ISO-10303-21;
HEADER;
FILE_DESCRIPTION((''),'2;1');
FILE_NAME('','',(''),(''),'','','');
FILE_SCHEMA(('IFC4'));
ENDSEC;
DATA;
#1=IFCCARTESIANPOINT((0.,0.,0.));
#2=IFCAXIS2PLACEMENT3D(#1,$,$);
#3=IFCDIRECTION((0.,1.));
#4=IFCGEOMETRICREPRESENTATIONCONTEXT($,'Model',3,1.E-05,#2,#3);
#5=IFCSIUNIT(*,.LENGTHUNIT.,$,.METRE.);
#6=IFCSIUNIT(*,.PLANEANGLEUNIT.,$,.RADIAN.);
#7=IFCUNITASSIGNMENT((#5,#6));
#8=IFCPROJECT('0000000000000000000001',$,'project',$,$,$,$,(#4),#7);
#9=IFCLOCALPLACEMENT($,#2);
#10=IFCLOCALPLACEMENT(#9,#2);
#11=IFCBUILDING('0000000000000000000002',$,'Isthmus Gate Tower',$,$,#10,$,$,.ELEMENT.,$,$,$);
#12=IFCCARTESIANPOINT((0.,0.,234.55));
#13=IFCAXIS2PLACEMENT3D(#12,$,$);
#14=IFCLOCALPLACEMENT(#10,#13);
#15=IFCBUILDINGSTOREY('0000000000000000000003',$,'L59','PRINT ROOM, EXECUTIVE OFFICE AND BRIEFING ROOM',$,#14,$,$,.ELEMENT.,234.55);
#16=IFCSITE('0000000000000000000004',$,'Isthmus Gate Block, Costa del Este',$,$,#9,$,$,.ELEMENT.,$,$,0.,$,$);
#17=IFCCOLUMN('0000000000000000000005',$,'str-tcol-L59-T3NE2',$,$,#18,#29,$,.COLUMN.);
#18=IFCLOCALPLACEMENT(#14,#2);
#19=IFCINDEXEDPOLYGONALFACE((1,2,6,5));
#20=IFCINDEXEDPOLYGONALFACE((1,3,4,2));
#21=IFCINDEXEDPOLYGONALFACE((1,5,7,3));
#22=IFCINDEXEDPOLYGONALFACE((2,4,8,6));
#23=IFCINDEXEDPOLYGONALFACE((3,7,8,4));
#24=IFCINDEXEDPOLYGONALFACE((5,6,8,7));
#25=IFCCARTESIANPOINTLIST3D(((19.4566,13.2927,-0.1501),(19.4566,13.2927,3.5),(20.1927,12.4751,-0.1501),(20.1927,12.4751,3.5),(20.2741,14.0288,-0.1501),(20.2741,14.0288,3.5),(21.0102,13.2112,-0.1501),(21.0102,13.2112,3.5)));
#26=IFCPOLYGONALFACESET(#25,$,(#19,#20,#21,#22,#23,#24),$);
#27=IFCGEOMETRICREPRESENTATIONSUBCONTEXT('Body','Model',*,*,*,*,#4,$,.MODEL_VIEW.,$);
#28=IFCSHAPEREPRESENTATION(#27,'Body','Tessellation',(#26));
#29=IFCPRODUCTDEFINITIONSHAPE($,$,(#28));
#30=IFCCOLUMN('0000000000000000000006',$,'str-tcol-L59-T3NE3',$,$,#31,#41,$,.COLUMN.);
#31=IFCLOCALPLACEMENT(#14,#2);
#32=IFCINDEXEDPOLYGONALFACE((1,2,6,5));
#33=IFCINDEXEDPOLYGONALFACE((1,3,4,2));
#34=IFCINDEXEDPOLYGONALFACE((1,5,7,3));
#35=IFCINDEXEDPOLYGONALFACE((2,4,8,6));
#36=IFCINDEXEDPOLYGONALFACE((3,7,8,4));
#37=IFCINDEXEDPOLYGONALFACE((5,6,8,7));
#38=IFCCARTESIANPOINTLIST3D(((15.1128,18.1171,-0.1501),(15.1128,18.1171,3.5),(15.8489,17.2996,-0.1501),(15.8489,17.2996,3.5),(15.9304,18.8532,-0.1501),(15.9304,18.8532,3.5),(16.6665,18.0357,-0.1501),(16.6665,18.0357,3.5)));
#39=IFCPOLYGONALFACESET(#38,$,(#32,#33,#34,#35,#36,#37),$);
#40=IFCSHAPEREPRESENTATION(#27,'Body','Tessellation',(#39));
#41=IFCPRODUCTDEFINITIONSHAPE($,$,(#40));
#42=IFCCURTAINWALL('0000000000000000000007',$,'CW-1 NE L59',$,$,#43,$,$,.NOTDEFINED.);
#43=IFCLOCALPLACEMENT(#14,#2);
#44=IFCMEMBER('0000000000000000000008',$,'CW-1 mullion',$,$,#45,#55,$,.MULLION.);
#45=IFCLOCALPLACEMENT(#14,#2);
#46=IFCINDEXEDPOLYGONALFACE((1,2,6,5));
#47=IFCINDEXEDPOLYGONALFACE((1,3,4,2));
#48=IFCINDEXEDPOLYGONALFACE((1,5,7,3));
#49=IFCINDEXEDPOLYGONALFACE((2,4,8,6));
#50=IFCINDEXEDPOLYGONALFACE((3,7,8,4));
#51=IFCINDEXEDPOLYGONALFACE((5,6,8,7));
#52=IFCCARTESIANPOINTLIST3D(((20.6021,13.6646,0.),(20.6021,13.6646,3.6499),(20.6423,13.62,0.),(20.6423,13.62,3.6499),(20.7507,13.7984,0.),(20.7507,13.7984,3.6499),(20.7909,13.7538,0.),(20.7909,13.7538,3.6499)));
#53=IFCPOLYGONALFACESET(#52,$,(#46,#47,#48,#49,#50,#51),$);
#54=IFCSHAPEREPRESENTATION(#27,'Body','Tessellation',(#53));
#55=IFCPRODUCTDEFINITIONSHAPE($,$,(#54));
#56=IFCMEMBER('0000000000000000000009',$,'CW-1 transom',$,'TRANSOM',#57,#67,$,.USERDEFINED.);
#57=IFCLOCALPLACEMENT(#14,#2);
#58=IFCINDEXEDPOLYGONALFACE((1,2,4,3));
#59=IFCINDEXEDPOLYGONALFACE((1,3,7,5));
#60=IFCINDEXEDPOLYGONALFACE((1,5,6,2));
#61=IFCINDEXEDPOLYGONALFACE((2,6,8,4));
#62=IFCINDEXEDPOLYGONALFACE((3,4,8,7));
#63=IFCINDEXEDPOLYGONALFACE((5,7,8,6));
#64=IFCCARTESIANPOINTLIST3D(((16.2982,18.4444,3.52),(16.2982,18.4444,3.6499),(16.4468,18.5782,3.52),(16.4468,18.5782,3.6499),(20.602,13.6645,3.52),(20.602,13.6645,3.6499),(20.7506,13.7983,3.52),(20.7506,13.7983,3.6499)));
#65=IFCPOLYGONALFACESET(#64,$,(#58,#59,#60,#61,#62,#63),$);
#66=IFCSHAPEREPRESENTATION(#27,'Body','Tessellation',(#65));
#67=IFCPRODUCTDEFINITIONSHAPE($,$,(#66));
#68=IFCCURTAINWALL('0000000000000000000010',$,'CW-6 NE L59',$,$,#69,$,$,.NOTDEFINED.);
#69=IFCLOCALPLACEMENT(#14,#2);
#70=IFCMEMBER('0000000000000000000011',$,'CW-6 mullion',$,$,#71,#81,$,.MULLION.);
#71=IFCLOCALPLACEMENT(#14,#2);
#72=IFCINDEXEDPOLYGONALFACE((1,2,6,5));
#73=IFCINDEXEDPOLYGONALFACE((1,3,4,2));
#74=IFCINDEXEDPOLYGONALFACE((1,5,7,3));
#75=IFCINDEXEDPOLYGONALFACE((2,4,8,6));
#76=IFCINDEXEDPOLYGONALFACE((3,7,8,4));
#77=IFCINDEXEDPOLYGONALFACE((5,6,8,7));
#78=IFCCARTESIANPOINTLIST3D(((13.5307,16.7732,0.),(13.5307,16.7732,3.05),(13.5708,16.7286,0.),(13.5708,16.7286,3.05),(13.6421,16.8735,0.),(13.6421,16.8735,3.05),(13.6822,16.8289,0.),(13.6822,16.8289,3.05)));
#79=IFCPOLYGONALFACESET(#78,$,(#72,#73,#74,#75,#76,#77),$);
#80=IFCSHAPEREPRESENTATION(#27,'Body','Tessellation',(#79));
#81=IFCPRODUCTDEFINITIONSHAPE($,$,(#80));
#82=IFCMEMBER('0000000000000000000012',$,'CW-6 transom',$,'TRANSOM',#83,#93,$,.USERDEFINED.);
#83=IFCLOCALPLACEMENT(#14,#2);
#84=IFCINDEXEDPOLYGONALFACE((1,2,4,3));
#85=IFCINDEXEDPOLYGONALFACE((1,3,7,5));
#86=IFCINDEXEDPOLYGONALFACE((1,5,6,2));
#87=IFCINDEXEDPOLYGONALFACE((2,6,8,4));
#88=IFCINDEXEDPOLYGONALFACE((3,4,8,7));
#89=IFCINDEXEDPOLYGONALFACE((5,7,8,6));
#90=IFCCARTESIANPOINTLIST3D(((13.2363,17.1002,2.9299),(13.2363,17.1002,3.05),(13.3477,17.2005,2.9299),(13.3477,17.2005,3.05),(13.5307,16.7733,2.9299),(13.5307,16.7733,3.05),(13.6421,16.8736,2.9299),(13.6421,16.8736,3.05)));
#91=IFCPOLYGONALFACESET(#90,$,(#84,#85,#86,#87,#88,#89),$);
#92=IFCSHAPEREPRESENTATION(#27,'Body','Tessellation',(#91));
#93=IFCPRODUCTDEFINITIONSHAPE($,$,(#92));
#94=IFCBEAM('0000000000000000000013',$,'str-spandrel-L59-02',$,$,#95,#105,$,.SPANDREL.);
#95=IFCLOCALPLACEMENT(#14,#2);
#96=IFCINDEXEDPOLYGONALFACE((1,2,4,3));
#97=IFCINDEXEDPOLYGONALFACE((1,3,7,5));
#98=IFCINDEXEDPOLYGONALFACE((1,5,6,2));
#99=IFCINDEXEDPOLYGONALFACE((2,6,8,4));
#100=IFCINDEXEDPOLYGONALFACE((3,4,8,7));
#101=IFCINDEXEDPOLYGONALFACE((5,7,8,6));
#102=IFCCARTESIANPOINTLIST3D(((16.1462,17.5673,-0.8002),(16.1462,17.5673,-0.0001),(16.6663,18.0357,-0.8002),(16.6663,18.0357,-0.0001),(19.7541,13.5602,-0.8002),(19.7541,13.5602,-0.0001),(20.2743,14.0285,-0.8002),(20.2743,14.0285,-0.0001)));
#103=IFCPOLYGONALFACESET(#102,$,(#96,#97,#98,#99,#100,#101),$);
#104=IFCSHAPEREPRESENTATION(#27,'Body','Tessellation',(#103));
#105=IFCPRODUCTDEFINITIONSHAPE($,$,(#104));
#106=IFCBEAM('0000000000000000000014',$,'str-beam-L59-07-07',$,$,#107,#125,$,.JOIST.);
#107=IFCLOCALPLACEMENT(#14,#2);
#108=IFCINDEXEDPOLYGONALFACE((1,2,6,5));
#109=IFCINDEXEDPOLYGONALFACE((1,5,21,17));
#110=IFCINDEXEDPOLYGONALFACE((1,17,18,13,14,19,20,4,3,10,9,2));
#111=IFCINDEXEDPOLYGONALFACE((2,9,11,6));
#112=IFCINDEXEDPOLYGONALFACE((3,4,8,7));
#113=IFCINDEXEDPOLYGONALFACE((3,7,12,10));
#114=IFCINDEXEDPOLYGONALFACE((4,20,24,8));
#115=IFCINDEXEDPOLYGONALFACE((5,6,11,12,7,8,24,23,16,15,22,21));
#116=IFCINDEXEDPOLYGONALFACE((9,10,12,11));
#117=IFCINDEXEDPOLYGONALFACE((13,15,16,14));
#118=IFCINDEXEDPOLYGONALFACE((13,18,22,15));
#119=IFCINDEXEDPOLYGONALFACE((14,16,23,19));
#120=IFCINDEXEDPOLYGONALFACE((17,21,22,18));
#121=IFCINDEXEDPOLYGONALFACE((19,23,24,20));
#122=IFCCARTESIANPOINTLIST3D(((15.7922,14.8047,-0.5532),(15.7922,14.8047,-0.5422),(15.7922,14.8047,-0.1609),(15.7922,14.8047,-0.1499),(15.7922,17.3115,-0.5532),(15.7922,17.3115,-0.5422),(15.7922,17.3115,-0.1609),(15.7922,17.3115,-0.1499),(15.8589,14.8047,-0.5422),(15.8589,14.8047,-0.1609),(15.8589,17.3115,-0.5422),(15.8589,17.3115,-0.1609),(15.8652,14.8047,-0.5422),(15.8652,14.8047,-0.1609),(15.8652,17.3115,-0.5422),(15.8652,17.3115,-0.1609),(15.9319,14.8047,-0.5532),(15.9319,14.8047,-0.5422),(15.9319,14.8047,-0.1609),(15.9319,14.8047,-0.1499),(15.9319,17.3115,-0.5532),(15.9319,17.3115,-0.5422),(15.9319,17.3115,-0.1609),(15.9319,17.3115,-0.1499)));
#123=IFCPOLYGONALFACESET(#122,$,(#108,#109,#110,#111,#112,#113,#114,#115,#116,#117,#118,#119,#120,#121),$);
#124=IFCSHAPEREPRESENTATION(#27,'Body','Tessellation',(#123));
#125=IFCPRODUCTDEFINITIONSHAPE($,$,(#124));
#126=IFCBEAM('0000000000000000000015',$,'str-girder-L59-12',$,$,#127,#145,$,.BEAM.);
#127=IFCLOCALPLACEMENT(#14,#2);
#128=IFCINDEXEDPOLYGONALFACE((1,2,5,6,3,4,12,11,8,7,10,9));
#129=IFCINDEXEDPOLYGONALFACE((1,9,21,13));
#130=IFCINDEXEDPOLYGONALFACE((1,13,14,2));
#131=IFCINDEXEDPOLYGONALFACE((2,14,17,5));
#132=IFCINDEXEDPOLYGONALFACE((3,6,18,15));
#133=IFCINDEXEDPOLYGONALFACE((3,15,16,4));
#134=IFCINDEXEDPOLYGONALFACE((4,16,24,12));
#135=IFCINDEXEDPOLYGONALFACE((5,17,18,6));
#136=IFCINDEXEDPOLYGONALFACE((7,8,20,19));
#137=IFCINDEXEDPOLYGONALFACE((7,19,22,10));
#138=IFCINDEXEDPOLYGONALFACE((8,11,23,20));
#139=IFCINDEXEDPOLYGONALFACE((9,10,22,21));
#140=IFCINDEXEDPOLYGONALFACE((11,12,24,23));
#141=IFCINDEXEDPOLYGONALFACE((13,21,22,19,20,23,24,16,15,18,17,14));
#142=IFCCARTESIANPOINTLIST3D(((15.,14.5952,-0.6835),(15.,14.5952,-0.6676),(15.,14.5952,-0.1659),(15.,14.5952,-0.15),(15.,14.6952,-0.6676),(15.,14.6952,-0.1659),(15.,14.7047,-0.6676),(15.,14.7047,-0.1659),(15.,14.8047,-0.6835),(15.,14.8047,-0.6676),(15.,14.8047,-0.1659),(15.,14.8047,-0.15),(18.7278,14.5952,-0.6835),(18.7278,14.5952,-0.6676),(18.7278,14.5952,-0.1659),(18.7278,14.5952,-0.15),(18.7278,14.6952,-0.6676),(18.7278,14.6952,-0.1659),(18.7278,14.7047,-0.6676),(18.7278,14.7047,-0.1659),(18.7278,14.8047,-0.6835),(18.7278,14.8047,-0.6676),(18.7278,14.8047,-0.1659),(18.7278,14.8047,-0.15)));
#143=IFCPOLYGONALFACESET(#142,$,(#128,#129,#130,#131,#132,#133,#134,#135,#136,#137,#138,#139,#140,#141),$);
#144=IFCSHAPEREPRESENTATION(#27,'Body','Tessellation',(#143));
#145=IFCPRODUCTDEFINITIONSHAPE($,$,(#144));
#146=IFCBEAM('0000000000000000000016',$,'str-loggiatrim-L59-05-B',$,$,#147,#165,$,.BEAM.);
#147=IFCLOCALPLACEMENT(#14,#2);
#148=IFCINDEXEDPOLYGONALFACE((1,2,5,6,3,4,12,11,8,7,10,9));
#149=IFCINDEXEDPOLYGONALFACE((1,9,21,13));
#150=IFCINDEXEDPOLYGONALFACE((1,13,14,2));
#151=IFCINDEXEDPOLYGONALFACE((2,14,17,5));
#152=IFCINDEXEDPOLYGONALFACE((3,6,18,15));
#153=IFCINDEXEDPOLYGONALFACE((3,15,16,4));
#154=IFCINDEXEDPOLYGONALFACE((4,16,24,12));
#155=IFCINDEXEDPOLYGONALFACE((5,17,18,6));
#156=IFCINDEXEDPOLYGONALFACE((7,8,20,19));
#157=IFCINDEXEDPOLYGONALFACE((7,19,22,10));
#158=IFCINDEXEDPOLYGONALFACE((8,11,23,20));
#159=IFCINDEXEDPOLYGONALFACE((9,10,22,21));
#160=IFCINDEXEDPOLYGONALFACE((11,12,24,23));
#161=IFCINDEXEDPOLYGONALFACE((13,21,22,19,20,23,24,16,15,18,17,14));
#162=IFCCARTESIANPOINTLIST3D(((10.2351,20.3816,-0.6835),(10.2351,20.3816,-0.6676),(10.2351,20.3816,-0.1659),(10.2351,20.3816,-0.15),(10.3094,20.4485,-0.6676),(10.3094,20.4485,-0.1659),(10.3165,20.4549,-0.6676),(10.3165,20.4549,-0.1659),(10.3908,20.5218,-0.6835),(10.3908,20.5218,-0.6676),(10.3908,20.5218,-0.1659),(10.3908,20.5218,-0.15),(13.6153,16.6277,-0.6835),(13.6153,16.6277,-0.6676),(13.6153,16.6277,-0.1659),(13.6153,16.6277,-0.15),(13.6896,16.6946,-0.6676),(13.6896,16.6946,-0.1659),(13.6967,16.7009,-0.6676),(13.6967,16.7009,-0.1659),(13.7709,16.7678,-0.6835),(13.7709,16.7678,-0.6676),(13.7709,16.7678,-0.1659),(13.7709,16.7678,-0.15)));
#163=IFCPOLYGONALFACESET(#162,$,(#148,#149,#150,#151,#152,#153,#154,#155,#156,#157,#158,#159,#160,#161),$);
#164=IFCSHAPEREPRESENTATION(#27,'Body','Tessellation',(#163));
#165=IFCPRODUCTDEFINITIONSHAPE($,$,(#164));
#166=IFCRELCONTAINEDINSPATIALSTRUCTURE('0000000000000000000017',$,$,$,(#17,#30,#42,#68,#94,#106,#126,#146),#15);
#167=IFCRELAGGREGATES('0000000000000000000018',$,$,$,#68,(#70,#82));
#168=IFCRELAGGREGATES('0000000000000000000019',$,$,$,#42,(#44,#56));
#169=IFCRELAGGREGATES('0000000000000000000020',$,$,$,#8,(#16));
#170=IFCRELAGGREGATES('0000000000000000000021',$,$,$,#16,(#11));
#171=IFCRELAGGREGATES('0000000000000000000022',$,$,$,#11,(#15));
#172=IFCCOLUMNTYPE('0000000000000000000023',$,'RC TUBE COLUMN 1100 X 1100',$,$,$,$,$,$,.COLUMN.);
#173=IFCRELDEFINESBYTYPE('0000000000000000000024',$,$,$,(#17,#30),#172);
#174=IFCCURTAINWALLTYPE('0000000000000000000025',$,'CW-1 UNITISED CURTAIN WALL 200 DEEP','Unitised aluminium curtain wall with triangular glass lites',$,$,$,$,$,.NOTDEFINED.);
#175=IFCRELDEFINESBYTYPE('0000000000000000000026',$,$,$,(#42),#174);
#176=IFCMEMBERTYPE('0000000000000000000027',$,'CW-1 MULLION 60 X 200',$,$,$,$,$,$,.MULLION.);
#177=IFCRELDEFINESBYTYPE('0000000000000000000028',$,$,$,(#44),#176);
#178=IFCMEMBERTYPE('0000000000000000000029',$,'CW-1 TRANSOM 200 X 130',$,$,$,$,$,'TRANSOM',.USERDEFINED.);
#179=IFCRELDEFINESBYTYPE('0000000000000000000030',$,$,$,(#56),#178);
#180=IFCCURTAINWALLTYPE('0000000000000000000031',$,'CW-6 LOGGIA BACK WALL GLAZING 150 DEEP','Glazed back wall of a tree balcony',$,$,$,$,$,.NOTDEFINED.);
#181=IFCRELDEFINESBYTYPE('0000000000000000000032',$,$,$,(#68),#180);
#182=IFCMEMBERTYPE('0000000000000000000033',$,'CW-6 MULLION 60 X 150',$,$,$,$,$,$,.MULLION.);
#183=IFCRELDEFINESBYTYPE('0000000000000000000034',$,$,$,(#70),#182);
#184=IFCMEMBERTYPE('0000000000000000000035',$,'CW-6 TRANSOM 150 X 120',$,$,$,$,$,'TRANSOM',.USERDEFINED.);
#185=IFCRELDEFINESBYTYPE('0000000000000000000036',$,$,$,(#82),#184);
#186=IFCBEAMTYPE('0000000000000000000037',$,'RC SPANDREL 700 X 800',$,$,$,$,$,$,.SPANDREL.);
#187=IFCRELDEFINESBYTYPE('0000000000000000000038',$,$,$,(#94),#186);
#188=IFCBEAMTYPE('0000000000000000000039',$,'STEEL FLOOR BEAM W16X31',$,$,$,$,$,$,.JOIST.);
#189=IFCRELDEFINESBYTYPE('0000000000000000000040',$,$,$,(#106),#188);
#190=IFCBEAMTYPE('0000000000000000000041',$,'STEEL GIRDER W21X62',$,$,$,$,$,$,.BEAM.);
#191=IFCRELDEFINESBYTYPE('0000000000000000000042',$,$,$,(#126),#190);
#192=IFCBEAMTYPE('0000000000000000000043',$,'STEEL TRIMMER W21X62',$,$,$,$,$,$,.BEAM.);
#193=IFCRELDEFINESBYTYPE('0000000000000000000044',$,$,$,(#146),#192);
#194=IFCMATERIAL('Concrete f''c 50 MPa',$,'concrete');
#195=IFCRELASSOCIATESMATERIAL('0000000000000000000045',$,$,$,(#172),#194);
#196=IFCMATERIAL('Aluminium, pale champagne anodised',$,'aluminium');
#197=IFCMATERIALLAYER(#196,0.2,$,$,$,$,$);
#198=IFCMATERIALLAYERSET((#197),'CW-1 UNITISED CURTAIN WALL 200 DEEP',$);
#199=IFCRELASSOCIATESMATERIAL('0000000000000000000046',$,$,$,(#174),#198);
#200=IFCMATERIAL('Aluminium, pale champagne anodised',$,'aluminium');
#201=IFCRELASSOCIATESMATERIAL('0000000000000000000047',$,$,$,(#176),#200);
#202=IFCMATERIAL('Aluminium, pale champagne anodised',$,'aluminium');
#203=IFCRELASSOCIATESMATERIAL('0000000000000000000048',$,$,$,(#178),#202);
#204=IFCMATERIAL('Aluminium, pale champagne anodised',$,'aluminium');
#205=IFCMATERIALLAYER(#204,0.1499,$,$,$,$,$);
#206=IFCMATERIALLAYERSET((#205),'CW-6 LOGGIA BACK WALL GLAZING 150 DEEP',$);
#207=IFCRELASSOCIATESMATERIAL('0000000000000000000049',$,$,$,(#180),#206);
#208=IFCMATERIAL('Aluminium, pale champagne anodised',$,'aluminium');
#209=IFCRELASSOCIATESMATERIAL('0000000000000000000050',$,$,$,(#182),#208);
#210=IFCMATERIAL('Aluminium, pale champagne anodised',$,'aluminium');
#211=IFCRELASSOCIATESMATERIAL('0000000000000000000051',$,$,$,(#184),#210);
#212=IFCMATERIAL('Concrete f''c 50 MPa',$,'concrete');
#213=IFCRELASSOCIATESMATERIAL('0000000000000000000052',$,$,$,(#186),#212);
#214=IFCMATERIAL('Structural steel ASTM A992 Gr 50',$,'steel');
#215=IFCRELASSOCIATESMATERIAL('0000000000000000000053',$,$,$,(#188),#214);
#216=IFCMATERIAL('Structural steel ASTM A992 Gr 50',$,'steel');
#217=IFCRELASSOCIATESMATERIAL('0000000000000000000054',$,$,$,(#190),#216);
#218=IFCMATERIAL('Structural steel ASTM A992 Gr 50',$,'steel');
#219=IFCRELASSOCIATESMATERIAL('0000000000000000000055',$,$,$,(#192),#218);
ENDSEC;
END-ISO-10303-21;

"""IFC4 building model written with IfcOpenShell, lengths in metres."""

from ifc_helpers import new_model, si_unit, direction, frame, origin, origin_2d, place, context, subcontext, project, spatial, rectangle, i_section, extrude, material, layer, layer_set, material_profile, profile_set, type_object, element, aggregate, save


model = new_model("IFC4")

# Units and contexts
model_context = context("Model", 3, precision=1e-05, world=origin(), true_north=direction((0.0, 1.0)))
body_context = subcontext(model_context, "Body", "Model", "MODEL_VIEW")
ifc_project = project(units=[si_unit("LENGTHUNIT", "METRE"), si_unit("PLANEANGLEUNIT", "RADIAN")], contexts=[model_context])

# Site, building, storey
site_placement = place(None, origin())
site = spatial("IfcSite", under=ifc_project, at=site_placement, Name="Isthmus Gate Block, Costa del Este", CompositionType="ELEMENT", RefElevation=0.0)
building_placement = place(site_placement, origin())
building = spatial("IfcBuilding", under=site, at=building_placement, Name="Isthmus Gate Tower", CompositionType="ELEMENT")
storey_placement = place(building_placement, frame((0.0, 0.0, 234.55)))
storey = spatial("IfcBuildingStorey", under=building, at=storey_placement, Name="L59", Description="PRINT ROOM, EXECUTIVE OFFICE AND BRIEFING ROOM", CompositionType="ELEMENT", Elevation=234.55)

# Columns
ifc_material_1 = material(Name="Concrete f'c 50 MPa", Category="concrete")
ifc_material_profile_1 = material_profile(ifc_material_1, rectangle(XDim=1.1001, YDim=1.1001, at=origin_2d()), Name="RC 1100X1100")
ifc_profile_set_1 = profile_set([ifc_material_profile_1], Name="Concrete f'c 50 MPa")
column_type = type_object("IfcColumnType", Name="RC TUBE COLUMN 1100 X 1100", PredefinedType="COLUMN", material=ifc_profile_set_1)
for number, where, z_axis, x_axis, name in (
    (1, (20.2334, 13.252, -0.1501), (0.0, 0.0, 1.0), (-0.669131, 0.743145, 0.0), "str-tcol-L59-T3NE2"),
    (2, (15.8896, 18.0764, -0.1501), (0.0, 0.0, 1.0), (-0.669131, 0.743145, 0.0), "str-tcol-L59-T3NE3"),
):
    element("IfcColumn", number, at=place(storey_placement, frame(where, z_axis=z_axis, x_axis=x_axis)), inside=storey, type_object=column_type, Name=name, PredefinedType="COLUMN", context=body_context, shape_type="SweptSolid", body=[
        extrude(rectangle(XDim=1.1001, YDim=1.1001, at=origin_2d()), origin(), (0.0, 0.0, 1.0), 3.6501),
    ])

# Curtain walls, members
ifc_material_2 = material(Name="Aluminium, pale champagne anodised", Category="aluminium")
ifc_layer_1 = layer(ifc_material_2, 0.2)
ifc_layer_set_1 = layer_set([ifc_layer_1], Name="CW-1 UNITISED CURTAIN WALL 200 DEEP")
curtain_wall_type_1 = type_object("IfcCurtainWallType", Name="CW-1 UNITISED CURTAIN WALL 200 DEEP", Description="Unitised aluminium curtain wall with triangular glass lites", PredefinedType="NOTDEFINED", material=ifc_layer_set_1)
curtain_wall_1_placement = place(storey_placement, origin())
curtain_wall_1 = element("IfcCurtainWall", 3, at=curtain_wall_1_placement, inside=storey, type_object=curtain_wall_type_1, Name="CW-1 NE L59", PredefinedType="NOTDEFINED")
ifc_material_3 = material(Name="Aluminium, pale champagne anodised", Category="aluminium")
ifc_material_profile_2 = material_profile(ifc_material_3, rectangle(XDim=0.0601, YDim=0.2, at=origin_2d()), Name="60x200")
ifc_profile_set_2 = profile_set([ifc_material_profile_2], Name="Aluminium, pale champagne anodised")
member_type_1 = type_object("IfcMemberType", Name="CW-1 MULLION 60 X 200", PredefinedType="MULLION", material=ifc_profile_set_2)
member_1_placement = place(storey_placement, frame((20.6965, 13.7092, 0.0), z_axis=(0.0, 0.0, 1.0), x_axis=(-0.669131, 0.743145, 0.0)))
member_1 = element("IfcMember", 4, at=member_1_placement, type_object=member_type_1, Name="CW-1 mullion", PredefinedType="MULLION", context=body_context, shape_type="SweptSolid", body=[
    extrude(rectangle(XDim=0.0601, YDim=0.2, at=origin_2d()), origin(), (0.0, 0.0, 1.0), 3.6499),
])
ifc_material_4 = material(Name="Aluminium, pale champagne anodised", Category="aluminium")
ifc_material_profile_3 = material_profile(ifc_material_4, rectangle(XDim=0.2, YDim=0.1299, at=origin_2d()), Name="200x130")
ifc_profile_set_3 = profile_set([ifc_material_profile_3], Name="Aluminium, pale champagne anodised")
member_type_2 = type_object("IfcMemberType", Name="CW-1 TRANSOM 200 X 130", ElementType="TRANSOM", PredefinedType="USERDEFINED", material=ifc_profile_set_3)
member_2_placement = place(storey_placement, frame((20.6763, 13.7314, 3.585), z_axis=(-0.669128, 0.743147, 0.0), x_axis=(-0.743147, -0.669128, 0.0)))
member_2 = element("IfcMember", 5, at=member_2_placement, type_object=member_type_2, Name="CW-1 transom", ObjectType="TRANSOM", PredefinedType="USERDEFINED", context=body_context, shape_type="SweptSolid", body=[
    extrude(rectangle(XDim=0.2, YDim=0.1299, at=origin_2d()), origin(), (0.0, 0.0, 1.0), 6.4319),
])
ifc_material_5 = material(Name="Aluminium, pale champagne anodised", Category="aluminium")
ifc_layer_2 = layer(ifc_material_5, 0.1499)
ifc_layer_set_2 = layer_set([ifc_layer_2], Name="CW-6 LOGGIA BACK WALL GLAZING 150 DEEP")
curtain_wall_type_2 = type_object("IfcCurtainWallType", Name="CW-6 LOGGIA BACK WALL GLAZING 150 DEEP", Description="Glazed back wall of a tree balcony", PredefinedType="NOTDEFINED", material=ifc_layer_set_2)
curtain_wall_2_placement = place(storey_placement, origin())
curtain_wall_2 = element("IfcCurtainWall", 6, at=curtain_wall_2_placement, inside=storey, type_object=curtain_wall_type_2, Name="CW-6 NE L59", PredefinedType="NOTDEFINED")
ifc_material_6 = material(Name="Aluminium, pale champagne anodised", Category="aluminium")
ifc_material_profile_4 = material_profile(ifc_material_6, rectangle(XDim=0.0601, YDim=0.1499, at=origin_2d()), Name="60x150")
ifc_profile_set_4 = profile_set([ifc_material_profile_4], Name="Aluminium, pale champagne anodised")
member_type_3 = type_object("IfcMemberType", Name="CW-6 MULLION 60 X 150", PredefinedType="MULLION", material=ifc_profile_set_4)
member_3_placement = place(storey_placement, frame((13.6064, 16.801, 0.0), z_axis=(0.0, 0.0, 1.0), x_axis=(-0.669131, 0.743145, 0.0)))
member_3 = element("IfcMember", 7, at=member_3_placement, type_object=member_type_3, Name="CW-6 mullion", PredefinedType="MULLION", context=body_context, shape_type="SweptSolid", body=[
    extrude(rectangle(XDim=0.0601, YDim=0.1499, at=origin_2d()), origin(), (0.0, 0.0, 1.0), 3.05),
])
ifc_material_7 = material(Name="Aluminium, pale champagne anodised", Category="aluminium")
ifc_material_profile_5 = material_profile(ifc_material_7, rectangle(XDim=0.1499, YDim=0.1201, at=origin_2d()), Name="150x120")
ifc_profile_set_5 = profile_set([ifc_material_profile_5], Name="Aluminium, pale champagne anodised")
member_type_4 = type_object("IfcMemberType", Name="CW-6 TRANSOM 150 X 120", ElementType="TRANSOM", PredefinedType="USERDEFINED", material=ifc_profile_set_5)
member_4_placement = place(storey_placement, frame((13.5864, 16.8235, 2.99), z_axis=(-0.669241, 0.743046, 0.0), x_axis=(-0.743046, -0.669241, 0.0)))
member_4 = element("IfcMember", 8, at=member_4_placement, type_object=member_type_4, Name="CW-6 transom", ObjectType="TRANSOM", PredefinedType="USERDEFINED", context=body_context, shape_type="SweptSolid", body=[
    extrude(rectangle(XDim=0.1499, YDim=0.1201, at=origin_2d()), origin(), (0.0, 0.0, 1.0), 0.4399),
])

# Beams
ifc_material_8 = material(Name="Concrete f'c 50 MPa", Category="concrete")
ifc_material_profile_6 = material_profile(ifc_material_8, rectangle(XDim=0.7, YDim=0.8, at=origin_2d()), Name="RC 700X800")
ifc_profile_set_6 = profile_set([ifc_material_profile_6], Name="Concrete f'c 50 MPa")
beam_type_1 = type_object("IfcBeamType", Name="RC SPANDREL 700 X 800", PredefinedType="SPANDREL", material=ifc_profile_set_6)
beam_1_placement = place(storey_placement, frame((16.4062, 17.8015, -0.4001), z_axis=(0.669122, -0.743152, 0.0), x_axis=(0.743152, 0.669122, 0.0)))
element("IfcBeam", 9, at=beam_1_placement, inside=storey, type_object=beam_type_1, Name="str-spandrel-L59-02", PredefinedType="SPANDREL", context=body_context, shape_type="SweptSolid", body=[
    extrude(rectangle(XDim=0.7, YDim=0.8, at=origin_2d()), origin(), (0.0, 0.0, 1.0), 5.3921),
])
ifc_material_9 = material(Name="Structural steel ASTM A992 Gr 50", Category="steel")
ifc_material_profile_7 = material_profile(ifc_material_9, i_section(OverallWidth=0.1396, OverallDepth=0.4033, WebThickness=0.0063, FlangeThickness=0.011, at=origin_2d()), Name="W16X31")
ifc_profile_set_7 = profile_set([ifc_material_profile_7], Name="Structural steel ASTM A992 Gr 50")
beam_type_2 = type_object("IfcBeamType", Name="STEEL FLOOR BEAM W16X31", PredefinedType="JOIST", material=ifc_profile_set_7)
beam_2_placement = place(storey_placement, frame((15.8621, 14.8047, -0.3516), z_axis=(0.0, 1.0, 0.0), x_axis=(-1.0, 0.0, 0.0)))
element("IfcBeam", 10, at=beam_2_placement, inside=storey, type_object=beam_type_2, Name="str-beam-L59-07-07", PredefinedType="JOIST", context=body_context, shape_type="SweptSolid", body=[
    extrude(i_section(OverallWidth=0.1396, OverallDepth=0.4033, WebThickness=0.0063, FlangeThickness=0.011, at=origin_2d()), origin(), (0.0, 0.0, 1.0), 2.5068),
])
ifc_material_10 = material(Name="Structural steel ASTM A992 Gr 50", Category="steel")
ifc_material_profile_8 = material_profile(ifc_material_10, i_section(OverallWidth=0.2095, OverallDepth=0.5334, WebThickness=0.0095, FlangeThickness=0.0159, at=origin_2d()), Name="W21X62")
ifc_profile_set_8 = profile_set([ifc_material_profile_8], Name="Structural steel ASTM A992 Gr 50")
beam_type_3 = type_object("IfcBeamType", Name="STEEL GIRDER W21X62", PredefinedType="BEAM", material=ifc_profile_set_8)
beam_3_placement = place(storey_placement, frame((15.0, 14.7, -0.4167), z_axis=(1.0, 0.0, 0.0), x_axis=(0.0, 1.0, 0.0)))
element("IfcBeam", 11, at=beam_3_placement, inside=storey, type_object=beam_type_3, Name="str-girder-L59-12", PredefinedType="BEAM", context=body_context, shape_type="SweptSolid", body=[
    extrude(i_section(OverallWidth=0.2095, OverallDepth=0.5334, WebThickness=0.0095, FlangeThickness=0.0159, at=origin_2d()), origin(), (0.0, 0.0, 1.0), 3.7278),
])
ifc_material_11 = material(Name="Structural steel ASTM A992 Gr 50", Category="steel")
ifc_material_profile_9 = material_profile(ifc_material_11, i_section(OverallWidth=0.2095, OverallDepth=0.5334, WebThickness=0.0095, FlangeThickness=0.0159, at=origin_2d()), Name="W21X62")
ifc_profile_set_9 = profile_set([ifc_material_profile_9], Name="Structural steel ASTM A992 Gr 50")
beam_type_4 = type_object("IfcBeamType", Name="STEEL TRIMMER W21X62", PredefinedType="BEAM", material=ifc_profile_set_9)
beam_4_placement = place(storey_placement, frame((13.6931, 16.6978, -0.4167), z_axis=(-0.669141, 0.743136, 0.0), x_axis=(-0.743136, -0.669141, 0.0)))
element("IfcBeam", 12, at=beam_4_placement, inside=storey, type_object=beam_type_4, Name="str-loggiatrim-L59-05-B", PredefinedType="BEAM", context=body_context, shape_type="SweptSolid", body=[
    extrude(i_section(OverallWidth=0.2095, OverallDepth=0.5334, WebThickness=0.0095, FlangeThickness=0.0159, at=origin_2d()), origin(), (0.0, 0.0, 1.0), 5.0515),
])

aggregate(curtain_wall_2, [member_3, member_4])

aggregate(curtain_wall_1, [member_1, member_2])

save(model, "model.ifc")
